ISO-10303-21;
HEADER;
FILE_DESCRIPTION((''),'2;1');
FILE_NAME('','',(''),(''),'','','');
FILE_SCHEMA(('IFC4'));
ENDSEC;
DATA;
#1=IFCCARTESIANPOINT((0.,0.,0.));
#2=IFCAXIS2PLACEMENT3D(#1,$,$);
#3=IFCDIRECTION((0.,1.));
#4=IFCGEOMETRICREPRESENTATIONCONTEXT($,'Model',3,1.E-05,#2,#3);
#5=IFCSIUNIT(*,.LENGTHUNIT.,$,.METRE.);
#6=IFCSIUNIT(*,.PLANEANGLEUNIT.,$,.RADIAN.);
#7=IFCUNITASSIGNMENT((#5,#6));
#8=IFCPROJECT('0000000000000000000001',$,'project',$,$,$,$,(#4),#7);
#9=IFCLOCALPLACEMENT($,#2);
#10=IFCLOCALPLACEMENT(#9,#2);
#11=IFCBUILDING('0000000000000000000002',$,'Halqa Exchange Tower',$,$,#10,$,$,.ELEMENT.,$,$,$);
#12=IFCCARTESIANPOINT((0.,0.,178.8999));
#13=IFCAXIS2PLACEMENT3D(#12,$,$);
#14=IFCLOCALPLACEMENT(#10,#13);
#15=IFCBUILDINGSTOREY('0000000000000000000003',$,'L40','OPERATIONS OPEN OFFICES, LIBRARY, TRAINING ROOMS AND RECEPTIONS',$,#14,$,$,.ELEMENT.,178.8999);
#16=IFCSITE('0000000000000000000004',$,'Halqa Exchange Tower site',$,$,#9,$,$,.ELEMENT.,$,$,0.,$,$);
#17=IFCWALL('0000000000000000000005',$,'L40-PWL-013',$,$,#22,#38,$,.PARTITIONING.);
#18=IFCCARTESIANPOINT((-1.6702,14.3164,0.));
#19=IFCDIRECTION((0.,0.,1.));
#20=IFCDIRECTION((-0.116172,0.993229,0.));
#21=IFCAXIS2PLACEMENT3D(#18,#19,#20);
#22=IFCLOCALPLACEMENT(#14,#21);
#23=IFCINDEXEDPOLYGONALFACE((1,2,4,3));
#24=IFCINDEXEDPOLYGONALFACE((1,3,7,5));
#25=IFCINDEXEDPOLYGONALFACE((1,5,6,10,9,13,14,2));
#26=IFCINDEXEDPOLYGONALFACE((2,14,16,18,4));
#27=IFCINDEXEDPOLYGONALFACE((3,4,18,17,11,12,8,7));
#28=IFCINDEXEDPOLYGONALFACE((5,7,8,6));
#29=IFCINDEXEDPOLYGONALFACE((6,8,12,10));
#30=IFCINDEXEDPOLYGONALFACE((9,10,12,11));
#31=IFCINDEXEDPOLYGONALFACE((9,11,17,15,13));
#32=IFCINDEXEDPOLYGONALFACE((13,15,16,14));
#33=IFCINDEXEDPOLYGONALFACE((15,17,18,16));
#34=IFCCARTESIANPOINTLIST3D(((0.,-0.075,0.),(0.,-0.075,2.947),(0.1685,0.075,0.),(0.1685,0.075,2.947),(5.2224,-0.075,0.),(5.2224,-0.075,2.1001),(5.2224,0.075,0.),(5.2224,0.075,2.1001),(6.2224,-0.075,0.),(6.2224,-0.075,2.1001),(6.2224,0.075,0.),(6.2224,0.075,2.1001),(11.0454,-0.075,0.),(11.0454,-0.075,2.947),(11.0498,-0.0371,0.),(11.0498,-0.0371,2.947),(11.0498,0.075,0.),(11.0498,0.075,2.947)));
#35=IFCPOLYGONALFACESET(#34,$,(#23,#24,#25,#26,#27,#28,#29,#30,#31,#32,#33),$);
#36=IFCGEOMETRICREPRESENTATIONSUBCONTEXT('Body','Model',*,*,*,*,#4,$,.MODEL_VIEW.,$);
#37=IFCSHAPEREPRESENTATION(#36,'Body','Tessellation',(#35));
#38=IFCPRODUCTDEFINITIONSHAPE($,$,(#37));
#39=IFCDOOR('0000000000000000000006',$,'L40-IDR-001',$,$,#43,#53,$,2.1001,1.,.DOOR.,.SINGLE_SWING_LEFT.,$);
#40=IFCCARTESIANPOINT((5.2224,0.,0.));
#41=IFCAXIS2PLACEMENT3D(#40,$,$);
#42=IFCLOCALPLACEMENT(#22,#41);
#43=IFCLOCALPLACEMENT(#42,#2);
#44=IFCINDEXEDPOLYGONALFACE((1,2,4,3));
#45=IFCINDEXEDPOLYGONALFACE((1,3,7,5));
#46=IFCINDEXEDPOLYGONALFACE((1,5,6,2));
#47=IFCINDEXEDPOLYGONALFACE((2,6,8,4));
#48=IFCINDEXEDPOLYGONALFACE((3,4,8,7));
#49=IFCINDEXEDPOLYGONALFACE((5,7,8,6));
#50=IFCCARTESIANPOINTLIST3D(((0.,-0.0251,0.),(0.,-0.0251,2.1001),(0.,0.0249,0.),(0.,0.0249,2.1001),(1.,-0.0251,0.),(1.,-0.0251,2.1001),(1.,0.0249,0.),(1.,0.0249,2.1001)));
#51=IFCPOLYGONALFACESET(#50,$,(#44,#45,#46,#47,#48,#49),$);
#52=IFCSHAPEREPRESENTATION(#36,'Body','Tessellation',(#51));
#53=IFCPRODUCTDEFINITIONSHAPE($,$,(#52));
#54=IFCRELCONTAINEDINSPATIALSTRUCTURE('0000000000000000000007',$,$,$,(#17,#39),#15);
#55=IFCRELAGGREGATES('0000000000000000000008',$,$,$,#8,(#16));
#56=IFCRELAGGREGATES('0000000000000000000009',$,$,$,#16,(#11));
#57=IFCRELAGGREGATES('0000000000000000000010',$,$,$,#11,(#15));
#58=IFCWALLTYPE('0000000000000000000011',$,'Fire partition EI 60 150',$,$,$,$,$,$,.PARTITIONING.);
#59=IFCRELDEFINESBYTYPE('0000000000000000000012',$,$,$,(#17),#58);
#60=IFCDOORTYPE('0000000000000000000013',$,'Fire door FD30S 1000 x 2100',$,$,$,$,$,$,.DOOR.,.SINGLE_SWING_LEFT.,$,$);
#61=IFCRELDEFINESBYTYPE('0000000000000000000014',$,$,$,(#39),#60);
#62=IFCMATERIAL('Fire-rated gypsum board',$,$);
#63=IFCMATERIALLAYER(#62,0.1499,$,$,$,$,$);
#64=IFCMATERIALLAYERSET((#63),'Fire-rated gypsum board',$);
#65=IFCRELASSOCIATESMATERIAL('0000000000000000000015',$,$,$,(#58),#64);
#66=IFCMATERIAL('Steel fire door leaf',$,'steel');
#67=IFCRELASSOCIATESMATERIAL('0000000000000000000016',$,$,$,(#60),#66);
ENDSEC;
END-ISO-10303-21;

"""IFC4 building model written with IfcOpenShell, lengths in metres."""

from ifc_helpers import new_model, si_unit, direction, frame, frame_2d, origin, place, context, subcontext, project, spatial, polyline, rectangle, outline, extrude, material, layer, layer_set, type_object, element, fill, save


model = new_model("IFC4")

# Units and contexts
model_context = context("Model", 3, precision=1e-05, world=origin(), true_north=direction((0.0, 1.0)))
body_context = subcontext(model_context, "Body", "Model", "MODEL_VIEW")
ifc_project = project(units=[si_unit("LENGTHUNIT", "METRE"), si_unit("PLANEANGLEUNIT", "RADIAN")], contexts=[model_context])

# Site, building, storey
site_placement = place(None, origin())
site = spatial("IfcSite", under=ifc_project, at=site_placement, Name="Halqa Exchange Tower site", CompositionType="ELEMENT", RefElevation=0.0)
building_placement = place(site_placement, origin())
building = spatial("IfcBuilding", under=site, at=building_placement, Name="Halqa Exchange Tower", CompositionType="ELEMENT")
storey_placement = place(building_placement, frame((0.0, 0.0, 178.8999)))
storey = spatial("IfcBuildingStorey", under=building, at=storey_placement, Name="L40", Description="OPERATIONS OPEN OFFICES, LIBRARY, TRAINING ROOMS AND RECEPTIONS", CompositionType="ELEMENT", Elevation=178.8999)

# Shared definitions
ifc_material_1 = material(Name="Fire-rated gypsum board")
ifc_layer_1 = layer(ifc_material_1, 0.1499)
ifc_layer_set_1 = layer_set([ifc_layer_1], Name="Fire-rated gypsum board")
wall_type_1 = type_object("IfcWallType", Name="Fire partition EI 60 150", PredefinedType="PARTITIONING", material=ifc_layer_set_1)

# Wall, opening, door
wall_1_placement = place(storey_placement, frame((-1.6702, 14.3164, 0.0), z_axis=(0.0, 0.0, 1.0), x_axis=(-0.116172, 0.993229, 0.0)))
wall_1 = element("IfcWall", 1, at=wall_1_placement, inside=storey, type_object=wall_type_1, Name="L40-PWL-013", PredefinedType="PARTITIONING", context=body_context, shape_type="SweptSolid", body=[
    extrude(outline(polyline([(0.0, -0.075), (1.8408, -0.075), (3.6819, -0.075), (5.5227, -0.075), (7.3635, -0.075), (9.2046, -0.075), (11.0454, -0.075), (11.0498, -0.0371), (11.0498, 0.075), (9.2363, 0.075), (7.4226, 0.075), (5.6091, 0.075), (3.7954, 0.075), (1.9819, 0.075), (0.1685, 0.075), (0.0842, 0.0), (0.0, -0.075), (0.0, -0.075)])), origin(), (0.0, 0.0, 1.0), 2.947),
])
opening_1_placement = place(wall_1_placement, frame((5.2224, 0.0, 0.0)))
opening_1 = element("IfcOpeningElement", 2, at=opening_1_placement, cuts=wall_1, PredefinedType="OPENING", context=body_context, shape_type="SweptSolid", body=[
    extrude(rectangle(XDim=1.0, YDim=2.1001, at=frame_2d((0.5, 1.05))), frame((0.0, 0.0869, 0.0), z_axis=(0.0, -1.0, 0.0), x_axis=(1.0, 0.0, 0.0)), (0.0, 0.0, 1.0), 0.1738),
])
ifc_material_2 = material(Name="Steel fire door leaf", Category="steel")
door_type = type_object("IfcDoorType", Name="Fire door FD30S 1000 x 2100", OperationType="SINGLE_SWING_LEFT", PredefinedType="DOOR", material=ifc_material_2)
door_placement = place(opening_1_placement, origin())
door = element("IfcDoor", 3, at=door_placement, inside=storey, type_object=door_type, Name="L40-IDR-001", OperationType="SINGLE_SWING_LEFT", OverallHeight=2.1001, OverallWidth=1.0, PredefinedType="DOOR", context=body_context, shape_type="SweptSolid", body=[
    extrude(rectangle(XDim=1.0, YDim=2.1001, at=frame_2d((0.5, 1.05))), frame((0.0, 0.0249, 0.0), z_axis=(0.0, -1.0, 0.0), x_axis=(1.0, 0.0, 0.0)), (0.0, 0.0, 1.0), 0.05),
])
fill(opening_1, door)

save(model, "model.ifc")
